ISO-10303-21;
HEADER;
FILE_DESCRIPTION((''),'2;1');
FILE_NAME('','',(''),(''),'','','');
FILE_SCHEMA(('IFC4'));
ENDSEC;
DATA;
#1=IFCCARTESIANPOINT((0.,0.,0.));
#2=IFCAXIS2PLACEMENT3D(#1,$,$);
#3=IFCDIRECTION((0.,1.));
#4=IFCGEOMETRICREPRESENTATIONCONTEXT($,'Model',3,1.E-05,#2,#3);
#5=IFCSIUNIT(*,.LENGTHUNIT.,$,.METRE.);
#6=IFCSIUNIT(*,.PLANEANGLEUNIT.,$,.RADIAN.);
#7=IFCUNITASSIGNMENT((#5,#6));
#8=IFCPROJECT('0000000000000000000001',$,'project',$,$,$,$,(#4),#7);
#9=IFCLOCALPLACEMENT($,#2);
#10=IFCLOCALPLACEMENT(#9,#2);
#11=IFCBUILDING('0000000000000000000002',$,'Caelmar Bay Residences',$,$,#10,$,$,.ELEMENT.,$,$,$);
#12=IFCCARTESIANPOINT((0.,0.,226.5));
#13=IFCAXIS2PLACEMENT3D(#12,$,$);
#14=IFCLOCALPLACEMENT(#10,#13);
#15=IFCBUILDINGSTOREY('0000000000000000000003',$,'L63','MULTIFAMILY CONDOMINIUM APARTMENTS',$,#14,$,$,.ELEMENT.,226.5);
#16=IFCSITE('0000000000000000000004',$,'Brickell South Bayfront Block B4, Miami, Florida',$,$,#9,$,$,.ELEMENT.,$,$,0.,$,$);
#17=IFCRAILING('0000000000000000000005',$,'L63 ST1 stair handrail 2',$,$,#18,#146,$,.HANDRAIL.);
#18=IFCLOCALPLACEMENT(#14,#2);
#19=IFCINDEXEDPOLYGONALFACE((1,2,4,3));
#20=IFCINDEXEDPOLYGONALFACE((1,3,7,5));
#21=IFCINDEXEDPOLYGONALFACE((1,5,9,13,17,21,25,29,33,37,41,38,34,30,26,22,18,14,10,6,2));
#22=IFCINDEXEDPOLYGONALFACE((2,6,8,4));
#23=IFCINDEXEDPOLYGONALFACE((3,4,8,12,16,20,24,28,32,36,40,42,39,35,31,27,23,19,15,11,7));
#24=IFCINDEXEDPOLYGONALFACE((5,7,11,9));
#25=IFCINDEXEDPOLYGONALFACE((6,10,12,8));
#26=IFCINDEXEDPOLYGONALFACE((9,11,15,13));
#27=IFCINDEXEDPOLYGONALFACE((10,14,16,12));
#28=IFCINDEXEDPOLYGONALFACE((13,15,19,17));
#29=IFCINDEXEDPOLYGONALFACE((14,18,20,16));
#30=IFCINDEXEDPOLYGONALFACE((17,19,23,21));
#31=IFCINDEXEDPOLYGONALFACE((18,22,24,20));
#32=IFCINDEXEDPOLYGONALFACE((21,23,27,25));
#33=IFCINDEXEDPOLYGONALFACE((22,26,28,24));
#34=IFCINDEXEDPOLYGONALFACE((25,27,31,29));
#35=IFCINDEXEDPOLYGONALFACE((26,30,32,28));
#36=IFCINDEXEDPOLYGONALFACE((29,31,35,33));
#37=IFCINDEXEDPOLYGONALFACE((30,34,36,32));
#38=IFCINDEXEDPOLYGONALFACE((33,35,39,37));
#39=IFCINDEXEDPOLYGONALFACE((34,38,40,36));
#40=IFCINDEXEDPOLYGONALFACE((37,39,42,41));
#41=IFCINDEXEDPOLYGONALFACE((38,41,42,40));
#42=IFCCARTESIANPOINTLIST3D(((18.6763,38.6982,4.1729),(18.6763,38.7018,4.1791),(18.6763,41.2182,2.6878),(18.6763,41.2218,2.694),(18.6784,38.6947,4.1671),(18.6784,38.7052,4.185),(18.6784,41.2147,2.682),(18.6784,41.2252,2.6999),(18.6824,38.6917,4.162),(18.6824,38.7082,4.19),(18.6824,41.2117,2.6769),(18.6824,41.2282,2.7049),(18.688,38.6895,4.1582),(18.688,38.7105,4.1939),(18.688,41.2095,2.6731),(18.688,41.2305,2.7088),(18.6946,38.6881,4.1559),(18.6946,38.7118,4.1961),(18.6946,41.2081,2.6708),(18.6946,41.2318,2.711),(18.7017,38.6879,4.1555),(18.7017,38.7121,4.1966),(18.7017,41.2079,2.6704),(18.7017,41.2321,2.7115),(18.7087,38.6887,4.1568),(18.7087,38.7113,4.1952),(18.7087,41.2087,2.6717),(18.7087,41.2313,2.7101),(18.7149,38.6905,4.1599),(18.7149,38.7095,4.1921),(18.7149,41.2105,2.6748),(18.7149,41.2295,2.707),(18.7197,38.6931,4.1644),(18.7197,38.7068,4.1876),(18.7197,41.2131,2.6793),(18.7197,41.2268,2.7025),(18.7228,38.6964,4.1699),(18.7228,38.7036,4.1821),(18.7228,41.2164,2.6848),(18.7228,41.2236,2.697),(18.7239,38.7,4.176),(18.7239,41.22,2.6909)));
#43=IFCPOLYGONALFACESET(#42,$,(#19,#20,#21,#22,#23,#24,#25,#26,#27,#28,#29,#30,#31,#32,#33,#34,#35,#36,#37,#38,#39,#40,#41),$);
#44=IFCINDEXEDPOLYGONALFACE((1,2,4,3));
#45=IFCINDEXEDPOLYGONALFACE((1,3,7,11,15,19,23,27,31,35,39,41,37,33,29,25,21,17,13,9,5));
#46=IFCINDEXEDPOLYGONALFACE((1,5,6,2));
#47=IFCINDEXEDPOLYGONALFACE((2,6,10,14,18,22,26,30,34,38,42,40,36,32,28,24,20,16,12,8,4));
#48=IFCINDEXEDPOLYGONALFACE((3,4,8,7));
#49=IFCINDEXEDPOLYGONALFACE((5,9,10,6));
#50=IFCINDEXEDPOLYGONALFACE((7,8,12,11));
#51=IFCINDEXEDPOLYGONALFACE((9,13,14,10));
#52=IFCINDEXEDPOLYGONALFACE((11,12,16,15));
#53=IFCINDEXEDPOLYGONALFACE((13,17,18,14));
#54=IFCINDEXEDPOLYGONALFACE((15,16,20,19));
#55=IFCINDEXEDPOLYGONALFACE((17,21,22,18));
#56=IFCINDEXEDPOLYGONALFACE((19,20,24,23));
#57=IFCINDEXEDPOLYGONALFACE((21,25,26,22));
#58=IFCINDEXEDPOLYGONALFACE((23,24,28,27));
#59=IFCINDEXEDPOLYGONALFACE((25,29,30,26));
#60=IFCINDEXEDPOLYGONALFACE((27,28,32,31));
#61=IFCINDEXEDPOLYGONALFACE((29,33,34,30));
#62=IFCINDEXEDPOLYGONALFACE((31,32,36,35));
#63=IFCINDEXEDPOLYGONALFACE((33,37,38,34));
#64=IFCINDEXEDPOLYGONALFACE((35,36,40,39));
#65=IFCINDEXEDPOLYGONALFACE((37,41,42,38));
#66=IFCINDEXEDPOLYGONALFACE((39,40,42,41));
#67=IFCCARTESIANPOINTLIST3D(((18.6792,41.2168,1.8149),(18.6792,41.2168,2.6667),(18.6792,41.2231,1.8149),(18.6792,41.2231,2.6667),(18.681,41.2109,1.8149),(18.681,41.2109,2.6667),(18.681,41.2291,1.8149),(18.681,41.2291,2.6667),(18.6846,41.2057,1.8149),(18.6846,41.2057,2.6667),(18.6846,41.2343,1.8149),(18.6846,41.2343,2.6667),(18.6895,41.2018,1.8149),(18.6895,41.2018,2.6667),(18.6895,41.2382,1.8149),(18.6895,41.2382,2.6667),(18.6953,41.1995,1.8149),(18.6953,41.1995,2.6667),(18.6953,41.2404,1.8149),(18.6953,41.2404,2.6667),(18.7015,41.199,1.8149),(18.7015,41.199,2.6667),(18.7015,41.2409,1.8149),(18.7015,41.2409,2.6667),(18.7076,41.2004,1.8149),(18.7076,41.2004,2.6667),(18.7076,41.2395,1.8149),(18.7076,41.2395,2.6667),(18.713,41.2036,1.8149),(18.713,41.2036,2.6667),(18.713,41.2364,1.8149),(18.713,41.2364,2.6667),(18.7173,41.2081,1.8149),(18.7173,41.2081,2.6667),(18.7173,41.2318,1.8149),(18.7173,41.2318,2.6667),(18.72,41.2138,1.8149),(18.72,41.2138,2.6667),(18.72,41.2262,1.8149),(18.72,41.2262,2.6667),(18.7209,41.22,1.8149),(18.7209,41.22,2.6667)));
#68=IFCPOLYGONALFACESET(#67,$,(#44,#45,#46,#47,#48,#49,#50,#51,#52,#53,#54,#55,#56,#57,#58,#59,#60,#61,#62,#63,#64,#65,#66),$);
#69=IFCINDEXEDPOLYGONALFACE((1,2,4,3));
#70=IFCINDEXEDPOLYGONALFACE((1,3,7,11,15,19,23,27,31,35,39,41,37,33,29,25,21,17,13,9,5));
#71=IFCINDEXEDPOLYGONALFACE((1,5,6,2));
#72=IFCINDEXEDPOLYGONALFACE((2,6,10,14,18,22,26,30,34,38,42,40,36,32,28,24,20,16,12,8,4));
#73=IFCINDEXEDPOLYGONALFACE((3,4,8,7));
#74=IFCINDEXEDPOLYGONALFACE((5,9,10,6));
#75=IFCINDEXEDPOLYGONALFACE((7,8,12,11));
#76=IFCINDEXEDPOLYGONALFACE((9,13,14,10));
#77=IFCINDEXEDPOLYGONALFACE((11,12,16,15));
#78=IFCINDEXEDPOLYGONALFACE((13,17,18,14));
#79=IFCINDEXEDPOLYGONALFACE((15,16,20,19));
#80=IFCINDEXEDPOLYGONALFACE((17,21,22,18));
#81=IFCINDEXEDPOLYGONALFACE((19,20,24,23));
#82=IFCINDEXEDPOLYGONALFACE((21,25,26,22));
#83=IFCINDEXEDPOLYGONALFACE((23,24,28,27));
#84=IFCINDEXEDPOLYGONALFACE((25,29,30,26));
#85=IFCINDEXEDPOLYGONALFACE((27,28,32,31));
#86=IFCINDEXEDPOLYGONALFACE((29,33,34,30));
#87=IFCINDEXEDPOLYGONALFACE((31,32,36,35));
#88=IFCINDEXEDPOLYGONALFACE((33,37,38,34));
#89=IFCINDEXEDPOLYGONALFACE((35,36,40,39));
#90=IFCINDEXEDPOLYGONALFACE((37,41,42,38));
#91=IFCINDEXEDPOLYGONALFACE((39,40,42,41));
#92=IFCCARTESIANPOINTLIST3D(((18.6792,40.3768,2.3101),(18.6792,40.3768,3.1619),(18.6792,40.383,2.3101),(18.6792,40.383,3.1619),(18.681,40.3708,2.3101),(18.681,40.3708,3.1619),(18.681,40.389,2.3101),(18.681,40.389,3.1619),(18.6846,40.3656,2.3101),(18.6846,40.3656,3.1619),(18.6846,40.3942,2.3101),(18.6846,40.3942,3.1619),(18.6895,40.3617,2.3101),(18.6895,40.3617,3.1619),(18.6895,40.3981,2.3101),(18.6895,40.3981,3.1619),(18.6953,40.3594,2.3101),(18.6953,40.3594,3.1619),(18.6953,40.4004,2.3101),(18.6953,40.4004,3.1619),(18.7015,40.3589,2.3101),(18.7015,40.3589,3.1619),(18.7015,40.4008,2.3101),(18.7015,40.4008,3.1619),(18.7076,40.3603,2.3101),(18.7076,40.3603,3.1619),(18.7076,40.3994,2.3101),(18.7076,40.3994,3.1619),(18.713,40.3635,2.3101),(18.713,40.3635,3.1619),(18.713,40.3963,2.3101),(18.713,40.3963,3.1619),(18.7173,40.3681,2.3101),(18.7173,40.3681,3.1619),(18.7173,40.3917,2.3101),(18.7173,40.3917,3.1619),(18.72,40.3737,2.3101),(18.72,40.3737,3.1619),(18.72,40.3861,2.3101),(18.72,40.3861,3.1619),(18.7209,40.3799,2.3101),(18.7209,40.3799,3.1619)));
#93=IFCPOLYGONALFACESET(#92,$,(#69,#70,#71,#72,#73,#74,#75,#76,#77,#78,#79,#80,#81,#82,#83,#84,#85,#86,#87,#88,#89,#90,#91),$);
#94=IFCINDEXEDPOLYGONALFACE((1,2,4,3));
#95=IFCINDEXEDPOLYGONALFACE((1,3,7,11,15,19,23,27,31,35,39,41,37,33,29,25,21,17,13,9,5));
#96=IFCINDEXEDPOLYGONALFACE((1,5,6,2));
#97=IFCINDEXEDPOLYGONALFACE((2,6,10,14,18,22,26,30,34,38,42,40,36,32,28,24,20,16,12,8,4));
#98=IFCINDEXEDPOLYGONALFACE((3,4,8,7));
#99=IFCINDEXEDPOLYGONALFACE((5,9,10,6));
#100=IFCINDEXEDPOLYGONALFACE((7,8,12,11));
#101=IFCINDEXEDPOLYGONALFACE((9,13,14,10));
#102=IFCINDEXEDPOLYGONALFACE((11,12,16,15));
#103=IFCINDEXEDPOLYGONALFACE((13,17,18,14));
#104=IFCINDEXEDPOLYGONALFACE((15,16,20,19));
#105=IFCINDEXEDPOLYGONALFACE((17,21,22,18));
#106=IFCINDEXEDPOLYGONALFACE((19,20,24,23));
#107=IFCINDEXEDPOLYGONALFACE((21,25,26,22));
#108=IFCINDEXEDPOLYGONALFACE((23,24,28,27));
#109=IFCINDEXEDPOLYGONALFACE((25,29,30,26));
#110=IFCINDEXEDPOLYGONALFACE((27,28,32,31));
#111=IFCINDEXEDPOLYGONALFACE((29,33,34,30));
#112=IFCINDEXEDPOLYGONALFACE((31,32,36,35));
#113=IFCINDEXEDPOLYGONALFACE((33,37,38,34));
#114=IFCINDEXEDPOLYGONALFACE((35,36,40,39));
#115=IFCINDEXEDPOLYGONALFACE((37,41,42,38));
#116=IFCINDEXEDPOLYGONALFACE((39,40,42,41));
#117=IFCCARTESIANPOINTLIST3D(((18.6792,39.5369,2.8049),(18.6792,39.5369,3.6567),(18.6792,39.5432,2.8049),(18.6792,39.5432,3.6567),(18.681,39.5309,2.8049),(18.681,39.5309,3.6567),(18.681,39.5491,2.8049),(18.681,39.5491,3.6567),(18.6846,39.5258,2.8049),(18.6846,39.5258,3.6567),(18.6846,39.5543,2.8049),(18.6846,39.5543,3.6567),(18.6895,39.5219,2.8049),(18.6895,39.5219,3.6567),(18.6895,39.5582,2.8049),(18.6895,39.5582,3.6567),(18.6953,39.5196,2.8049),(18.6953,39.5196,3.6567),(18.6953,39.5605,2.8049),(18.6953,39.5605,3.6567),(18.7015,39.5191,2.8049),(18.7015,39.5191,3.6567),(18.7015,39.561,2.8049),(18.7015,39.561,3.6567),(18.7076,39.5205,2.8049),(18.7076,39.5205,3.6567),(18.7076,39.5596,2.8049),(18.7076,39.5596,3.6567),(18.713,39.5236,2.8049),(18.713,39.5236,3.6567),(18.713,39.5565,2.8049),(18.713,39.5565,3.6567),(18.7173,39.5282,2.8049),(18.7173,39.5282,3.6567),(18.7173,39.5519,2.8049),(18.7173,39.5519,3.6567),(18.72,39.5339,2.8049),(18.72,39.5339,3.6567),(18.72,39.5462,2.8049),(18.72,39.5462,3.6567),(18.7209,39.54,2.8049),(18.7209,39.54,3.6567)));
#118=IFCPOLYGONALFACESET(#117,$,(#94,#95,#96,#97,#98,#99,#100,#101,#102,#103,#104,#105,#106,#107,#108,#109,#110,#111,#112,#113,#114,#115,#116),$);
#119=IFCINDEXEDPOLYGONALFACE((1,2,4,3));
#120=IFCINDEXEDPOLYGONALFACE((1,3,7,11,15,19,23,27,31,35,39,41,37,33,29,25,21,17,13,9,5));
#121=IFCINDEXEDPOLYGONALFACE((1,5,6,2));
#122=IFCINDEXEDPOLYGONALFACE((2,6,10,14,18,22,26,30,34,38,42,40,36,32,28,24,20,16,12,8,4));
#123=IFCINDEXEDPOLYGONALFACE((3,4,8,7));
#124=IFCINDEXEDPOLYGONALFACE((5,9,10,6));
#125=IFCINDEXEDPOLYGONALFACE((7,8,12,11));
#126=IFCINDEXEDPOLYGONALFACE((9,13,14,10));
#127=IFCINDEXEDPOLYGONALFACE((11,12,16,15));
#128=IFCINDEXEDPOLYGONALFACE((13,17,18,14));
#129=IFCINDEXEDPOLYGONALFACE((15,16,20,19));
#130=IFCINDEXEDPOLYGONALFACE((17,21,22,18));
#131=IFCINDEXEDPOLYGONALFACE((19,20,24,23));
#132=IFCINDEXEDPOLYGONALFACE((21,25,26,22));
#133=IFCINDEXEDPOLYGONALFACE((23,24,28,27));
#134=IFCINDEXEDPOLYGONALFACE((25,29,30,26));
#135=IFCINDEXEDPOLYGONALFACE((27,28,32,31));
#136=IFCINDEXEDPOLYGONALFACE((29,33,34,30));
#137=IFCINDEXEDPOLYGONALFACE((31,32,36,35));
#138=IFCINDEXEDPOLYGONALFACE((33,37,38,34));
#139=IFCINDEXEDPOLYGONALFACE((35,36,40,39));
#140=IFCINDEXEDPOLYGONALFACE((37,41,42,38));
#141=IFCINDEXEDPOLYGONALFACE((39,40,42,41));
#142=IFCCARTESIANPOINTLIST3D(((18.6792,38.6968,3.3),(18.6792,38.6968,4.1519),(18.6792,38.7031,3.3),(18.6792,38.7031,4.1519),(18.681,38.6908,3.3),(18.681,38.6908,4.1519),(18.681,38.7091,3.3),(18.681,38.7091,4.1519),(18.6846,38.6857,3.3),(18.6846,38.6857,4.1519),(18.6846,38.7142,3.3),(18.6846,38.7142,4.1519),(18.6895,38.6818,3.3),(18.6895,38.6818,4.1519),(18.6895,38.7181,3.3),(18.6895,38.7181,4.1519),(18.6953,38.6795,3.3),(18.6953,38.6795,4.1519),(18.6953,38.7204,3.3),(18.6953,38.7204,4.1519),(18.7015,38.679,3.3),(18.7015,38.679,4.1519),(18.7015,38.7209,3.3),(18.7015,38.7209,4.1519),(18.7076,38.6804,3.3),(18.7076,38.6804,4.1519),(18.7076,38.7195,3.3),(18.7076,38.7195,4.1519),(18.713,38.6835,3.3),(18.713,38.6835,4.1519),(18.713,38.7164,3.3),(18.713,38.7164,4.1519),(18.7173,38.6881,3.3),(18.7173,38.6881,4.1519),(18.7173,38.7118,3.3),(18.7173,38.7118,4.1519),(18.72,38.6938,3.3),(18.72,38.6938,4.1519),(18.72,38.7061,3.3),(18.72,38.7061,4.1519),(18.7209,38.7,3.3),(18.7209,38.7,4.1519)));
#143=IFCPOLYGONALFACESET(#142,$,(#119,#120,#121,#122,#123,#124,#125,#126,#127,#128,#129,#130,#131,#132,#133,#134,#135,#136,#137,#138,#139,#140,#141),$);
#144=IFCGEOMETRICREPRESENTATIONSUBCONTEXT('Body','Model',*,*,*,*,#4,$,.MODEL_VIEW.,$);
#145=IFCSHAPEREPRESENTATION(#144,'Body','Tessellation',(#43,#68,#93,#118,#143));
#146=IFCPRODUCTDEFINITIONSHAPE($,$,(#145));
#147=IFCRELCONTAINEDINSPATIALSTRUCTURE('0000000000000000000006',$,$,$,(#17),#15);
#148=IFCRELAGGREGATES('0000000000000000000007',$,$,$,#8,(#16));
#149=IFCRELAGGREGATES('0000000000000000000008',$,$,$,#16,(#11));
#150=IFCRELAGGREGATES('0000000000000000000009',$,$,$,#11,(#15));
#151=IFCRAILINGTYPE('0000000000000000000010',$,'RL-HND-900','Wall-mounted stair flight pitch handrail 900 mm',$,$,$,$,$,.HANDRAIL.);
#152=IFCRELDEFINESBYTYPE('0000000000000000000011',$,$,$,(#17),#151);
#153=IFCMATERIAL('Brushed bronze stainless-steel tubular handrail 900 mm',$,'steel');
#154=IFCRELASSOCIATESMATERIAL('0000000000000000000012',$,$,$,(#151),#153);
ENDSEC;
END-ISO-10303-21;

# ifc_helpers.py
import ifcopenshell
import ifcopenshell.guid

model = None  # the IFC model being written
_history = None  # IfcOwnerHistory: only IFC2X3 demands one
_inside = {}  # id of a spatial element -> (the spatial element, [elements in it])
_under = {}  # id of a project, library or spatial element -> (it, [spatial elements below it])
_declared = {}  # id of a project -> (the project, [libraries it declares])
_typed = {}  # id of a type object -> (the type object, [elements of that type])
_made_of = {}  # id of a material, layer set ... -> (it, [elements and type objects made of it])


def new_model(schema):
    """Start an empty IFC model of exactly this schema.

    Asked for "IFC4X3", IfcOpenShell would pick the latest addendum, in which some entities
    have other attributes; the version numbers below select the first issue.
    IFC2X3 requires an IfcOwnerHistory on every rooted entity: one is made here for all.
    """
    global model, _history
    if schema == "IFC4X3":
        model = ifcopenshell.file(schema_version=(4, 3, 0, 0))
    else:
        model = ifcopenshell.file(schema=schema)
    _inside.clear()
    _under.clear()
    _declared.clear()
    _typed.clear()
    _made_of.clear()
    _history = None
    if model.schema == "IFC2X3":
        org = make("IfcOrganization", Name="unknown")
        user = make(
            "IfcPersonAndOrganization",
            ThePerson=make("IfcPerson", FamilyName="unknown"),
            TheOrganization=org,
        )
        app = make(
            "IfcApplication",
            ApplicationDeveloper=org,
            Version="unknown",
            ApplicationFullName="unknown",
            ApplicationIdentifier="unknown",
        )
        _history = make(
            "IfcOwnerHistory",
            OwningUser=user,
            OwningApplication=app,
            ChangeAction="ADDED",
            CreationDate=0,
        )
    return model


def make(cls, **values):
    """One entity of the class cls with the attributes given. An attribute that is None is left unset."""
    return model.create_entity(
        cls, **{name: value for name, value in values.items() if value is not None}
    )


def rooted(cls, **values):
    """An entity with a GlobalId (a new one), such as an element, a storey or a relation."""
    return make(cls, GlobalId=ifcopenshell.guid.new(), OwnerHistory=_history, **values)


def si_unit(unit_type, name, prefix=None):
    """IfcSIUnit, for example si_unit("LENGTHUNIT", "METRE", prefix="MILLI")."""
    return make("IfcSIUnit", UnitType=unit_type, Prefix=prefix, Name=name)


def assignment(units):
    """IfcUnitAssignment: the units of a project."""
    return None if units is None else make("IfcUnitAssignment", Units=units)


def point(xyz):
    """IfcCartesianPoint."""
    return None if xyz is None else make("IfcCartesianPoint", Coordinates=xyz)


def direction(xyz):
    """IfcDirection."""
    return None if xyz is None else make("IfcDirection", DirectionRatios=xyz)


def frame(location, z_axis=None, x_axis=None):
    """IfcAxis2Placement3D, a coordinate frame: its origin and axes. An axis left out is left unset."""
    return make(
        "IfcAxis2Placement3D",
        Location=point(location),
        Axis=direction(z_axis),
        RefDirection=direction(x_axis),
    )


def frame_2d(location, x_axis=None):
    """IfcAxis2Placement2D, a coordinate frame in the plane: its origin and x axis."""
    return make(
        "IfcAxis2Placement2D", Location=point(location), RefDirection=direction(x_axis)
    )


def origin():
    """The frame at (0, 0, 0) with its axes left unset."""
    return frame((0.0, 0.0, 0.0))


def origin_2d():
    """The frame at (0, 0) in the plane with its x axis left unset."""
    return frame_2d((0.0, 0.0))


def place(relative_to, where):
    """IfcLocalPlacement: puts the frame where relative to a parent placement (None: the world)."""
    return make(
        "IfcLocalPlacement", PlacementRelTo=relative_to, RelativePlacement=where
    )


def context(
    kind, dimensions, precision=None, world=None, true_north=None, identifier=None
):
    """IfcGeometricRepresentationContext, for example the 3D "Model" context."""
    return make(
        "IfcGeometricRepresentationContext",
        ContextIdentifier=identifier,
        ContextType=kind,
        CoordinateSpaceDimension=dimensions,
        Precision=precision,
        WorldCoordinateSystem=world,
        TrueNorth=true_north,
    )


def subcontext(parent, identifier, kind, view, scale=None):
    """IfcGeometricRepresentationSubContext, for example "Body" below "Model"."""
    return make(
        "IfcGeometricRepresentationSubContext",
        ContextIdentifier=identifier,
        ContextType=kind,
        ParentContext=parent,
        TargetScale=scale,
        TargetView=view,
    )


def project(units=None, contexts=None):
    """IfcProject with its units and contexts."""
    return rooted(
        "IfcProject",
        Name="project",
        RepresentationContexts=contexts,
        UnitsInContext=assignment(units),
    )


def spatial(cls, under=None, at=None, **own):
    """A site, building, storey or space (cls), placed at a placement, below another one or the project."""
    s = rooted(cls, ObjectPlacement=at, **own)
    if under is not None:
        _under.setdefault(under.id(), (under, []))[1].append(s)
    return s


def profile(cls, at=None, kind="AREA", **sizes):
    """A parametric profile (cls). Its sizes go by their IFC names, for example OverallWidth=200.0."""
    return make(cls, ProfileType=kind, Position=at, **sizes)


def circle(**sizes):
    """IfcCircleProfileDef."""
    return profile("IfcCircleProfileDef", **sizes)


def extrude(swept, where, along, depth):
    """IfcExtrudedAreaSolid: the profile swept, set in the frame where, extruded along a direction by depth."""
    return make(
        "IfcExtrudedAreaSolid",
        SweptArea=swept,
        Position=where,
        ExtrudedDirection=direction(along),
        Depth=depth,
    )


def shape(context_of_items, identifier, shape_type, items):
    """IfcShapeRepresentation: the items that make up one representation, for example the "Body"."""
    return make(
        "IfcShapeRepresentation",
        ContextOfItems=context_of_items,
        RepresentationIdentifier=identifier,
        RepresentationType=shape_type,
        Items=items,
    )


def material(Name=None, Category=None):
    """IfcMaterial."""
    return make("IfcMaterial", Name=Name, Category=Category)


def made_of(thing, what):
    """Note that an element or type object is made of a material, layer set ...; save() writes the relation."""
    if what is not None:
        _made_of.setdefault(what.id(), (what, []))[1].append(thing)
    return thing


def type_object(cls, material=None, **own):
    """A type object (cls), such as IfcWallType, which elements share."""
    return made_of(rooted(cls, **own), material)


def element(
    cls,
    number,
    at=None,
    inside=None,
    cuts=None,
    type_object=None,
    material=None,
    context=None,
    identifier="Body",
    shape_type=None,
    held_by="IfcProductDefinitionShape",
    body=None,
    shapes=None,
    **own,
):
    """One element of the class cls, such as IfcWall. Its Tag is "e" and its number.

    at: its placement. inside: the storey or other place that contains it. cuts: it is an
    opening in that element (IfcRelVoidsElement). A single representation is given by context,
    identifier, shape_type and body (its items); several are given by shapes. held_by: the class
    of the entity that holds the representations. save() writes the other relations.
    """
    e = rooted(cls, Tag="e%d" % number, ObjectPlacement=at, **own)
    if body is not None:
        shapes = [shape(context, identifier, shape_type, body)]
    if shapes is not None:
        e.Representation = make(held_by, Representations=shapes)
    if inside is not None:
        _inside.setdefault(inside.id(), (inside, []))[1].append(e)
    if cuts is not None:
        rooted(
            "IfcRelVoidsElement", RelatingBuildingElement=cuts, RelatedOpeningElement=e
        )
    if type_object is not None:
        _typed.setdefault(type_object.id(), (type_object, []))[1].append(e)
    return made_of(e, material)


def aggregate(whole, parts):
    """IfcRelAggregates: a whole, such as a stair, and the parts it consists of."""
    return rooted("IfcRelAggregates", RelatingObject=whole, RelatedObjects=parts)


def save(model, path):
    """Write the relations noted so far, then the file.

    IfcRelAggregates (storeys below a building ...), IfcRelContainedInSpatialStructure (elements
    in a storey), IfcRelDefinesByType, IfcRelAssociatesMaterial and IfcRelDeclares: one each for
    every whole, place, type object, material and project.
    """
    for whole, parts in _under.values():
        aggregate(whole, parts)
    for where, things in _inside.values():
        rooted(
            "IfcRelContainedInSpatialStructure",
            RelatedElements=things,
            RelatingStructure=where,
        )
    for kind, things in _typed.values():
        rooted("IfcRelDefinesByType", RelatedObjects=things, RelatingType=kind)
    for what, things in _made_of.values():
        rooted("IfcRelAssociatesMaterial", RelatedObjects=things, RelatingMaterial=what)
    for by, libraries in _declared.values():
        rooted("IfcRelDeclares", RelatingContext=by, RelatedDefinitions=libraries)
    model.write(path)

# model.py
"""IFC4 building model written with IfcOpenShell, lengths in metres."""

from ifc_helpers import new_model, si_unit, direction, frame, origin, origin_2d, place, context, subcontext, project, spatial, circle, extrude, material, type_object, element, save


model = new_model("IFC4")

# Units and contexts
model_context = context("Model", 3, precision=1e-05, world=origin(), true_north=direction((0.0, 1.0)))
body_context = subcontext(model_context, "Body", "Model", "MODEL_VIEW")
ifc_project = project(units=[si_unit("LENGTHUNIT", "METRE"), si_unit("PLANEANGLEUNIT", "RADIAN")], contexts=[model_context])

# Site, building, storey
site_placement = place(None, origin())
site = spatial("IfcSite", under=ifc_project, at=site_placement, Name="Brickell South Bayfront Block B4, Miami, Florida", CompositionType="ELEMENT", RefElevation=0.0)
building_placement = place(site_placement, origin())
building = spatial("IfcBuilding", under=site, at=building_placement, Name="Caelmar Bay Residences", CompositionType="ELEMENT")
storey_placement = place(building_placement, frame((0.0, 0.0, 226.5)))
storey = spatial("IfcBuildingStorey", under=building, at=storey_placement, Name="L63", Description="MULTIFAMILY CONDOMINIUM APARTMENTS", CompositionType="ELEMENT", Elevation=226.5)

# Railing
ifc_material_1 = material(Name="Brushed bronze stainless-steel tubular handrail 900 mm", Category="steel")
railing_type_1 = type_object("IfcRailingType", Name="RL-HND-900", Description="Wall-mounted stair flight pitch handrail 900 mm", PredefinedType="HANDRAIL", material=ifc_material_1)
railing_1_placement = place(storey_placement, frame((18.7, 41.22, 1.8149)))
element("IfcRailing", 1, at=railing_1_placement, inside=storey, type_object=railing_type_1, Name="L63 ST1 stair handrail 2", PredefinedType="HANDRAIL", context=body_context, shape_type="SweptSolid", body=[
    extrude(circle(Radius=0.0239, at=origin_2d()), frame((0.0, 0.0, 0.876), z_axis=(0.0, -0.861524, 0.507717), x_axis=(1.0, 0.0, 0.0)), (0.0, 0.0, 1.0), 2.925),
    extrude(circle(Radius=0.021, at=origin_2d()), origin(), (0.0, 0.0, 1.0), 0.8518),
    extrude(circle(Radius=0.021, at=origin_2d()), frame((0.0, -0.8401, 0.4951)), (0.0, 0.0, 1.0), 0.8518),
    extrude(circle(Radius=0.021, at=origin_2d()), frame((0.0, -1.6799, 0.99)), (0.0, 0.0, 1.0), 0.8518),
    extrude(circle(Radius=0.021, at=origin_2d()), frame((0.0, -2.52, 1.4851)), (0.0, 0.0, 1.0), 0.8518),
])

save(model, "model.ifc")
